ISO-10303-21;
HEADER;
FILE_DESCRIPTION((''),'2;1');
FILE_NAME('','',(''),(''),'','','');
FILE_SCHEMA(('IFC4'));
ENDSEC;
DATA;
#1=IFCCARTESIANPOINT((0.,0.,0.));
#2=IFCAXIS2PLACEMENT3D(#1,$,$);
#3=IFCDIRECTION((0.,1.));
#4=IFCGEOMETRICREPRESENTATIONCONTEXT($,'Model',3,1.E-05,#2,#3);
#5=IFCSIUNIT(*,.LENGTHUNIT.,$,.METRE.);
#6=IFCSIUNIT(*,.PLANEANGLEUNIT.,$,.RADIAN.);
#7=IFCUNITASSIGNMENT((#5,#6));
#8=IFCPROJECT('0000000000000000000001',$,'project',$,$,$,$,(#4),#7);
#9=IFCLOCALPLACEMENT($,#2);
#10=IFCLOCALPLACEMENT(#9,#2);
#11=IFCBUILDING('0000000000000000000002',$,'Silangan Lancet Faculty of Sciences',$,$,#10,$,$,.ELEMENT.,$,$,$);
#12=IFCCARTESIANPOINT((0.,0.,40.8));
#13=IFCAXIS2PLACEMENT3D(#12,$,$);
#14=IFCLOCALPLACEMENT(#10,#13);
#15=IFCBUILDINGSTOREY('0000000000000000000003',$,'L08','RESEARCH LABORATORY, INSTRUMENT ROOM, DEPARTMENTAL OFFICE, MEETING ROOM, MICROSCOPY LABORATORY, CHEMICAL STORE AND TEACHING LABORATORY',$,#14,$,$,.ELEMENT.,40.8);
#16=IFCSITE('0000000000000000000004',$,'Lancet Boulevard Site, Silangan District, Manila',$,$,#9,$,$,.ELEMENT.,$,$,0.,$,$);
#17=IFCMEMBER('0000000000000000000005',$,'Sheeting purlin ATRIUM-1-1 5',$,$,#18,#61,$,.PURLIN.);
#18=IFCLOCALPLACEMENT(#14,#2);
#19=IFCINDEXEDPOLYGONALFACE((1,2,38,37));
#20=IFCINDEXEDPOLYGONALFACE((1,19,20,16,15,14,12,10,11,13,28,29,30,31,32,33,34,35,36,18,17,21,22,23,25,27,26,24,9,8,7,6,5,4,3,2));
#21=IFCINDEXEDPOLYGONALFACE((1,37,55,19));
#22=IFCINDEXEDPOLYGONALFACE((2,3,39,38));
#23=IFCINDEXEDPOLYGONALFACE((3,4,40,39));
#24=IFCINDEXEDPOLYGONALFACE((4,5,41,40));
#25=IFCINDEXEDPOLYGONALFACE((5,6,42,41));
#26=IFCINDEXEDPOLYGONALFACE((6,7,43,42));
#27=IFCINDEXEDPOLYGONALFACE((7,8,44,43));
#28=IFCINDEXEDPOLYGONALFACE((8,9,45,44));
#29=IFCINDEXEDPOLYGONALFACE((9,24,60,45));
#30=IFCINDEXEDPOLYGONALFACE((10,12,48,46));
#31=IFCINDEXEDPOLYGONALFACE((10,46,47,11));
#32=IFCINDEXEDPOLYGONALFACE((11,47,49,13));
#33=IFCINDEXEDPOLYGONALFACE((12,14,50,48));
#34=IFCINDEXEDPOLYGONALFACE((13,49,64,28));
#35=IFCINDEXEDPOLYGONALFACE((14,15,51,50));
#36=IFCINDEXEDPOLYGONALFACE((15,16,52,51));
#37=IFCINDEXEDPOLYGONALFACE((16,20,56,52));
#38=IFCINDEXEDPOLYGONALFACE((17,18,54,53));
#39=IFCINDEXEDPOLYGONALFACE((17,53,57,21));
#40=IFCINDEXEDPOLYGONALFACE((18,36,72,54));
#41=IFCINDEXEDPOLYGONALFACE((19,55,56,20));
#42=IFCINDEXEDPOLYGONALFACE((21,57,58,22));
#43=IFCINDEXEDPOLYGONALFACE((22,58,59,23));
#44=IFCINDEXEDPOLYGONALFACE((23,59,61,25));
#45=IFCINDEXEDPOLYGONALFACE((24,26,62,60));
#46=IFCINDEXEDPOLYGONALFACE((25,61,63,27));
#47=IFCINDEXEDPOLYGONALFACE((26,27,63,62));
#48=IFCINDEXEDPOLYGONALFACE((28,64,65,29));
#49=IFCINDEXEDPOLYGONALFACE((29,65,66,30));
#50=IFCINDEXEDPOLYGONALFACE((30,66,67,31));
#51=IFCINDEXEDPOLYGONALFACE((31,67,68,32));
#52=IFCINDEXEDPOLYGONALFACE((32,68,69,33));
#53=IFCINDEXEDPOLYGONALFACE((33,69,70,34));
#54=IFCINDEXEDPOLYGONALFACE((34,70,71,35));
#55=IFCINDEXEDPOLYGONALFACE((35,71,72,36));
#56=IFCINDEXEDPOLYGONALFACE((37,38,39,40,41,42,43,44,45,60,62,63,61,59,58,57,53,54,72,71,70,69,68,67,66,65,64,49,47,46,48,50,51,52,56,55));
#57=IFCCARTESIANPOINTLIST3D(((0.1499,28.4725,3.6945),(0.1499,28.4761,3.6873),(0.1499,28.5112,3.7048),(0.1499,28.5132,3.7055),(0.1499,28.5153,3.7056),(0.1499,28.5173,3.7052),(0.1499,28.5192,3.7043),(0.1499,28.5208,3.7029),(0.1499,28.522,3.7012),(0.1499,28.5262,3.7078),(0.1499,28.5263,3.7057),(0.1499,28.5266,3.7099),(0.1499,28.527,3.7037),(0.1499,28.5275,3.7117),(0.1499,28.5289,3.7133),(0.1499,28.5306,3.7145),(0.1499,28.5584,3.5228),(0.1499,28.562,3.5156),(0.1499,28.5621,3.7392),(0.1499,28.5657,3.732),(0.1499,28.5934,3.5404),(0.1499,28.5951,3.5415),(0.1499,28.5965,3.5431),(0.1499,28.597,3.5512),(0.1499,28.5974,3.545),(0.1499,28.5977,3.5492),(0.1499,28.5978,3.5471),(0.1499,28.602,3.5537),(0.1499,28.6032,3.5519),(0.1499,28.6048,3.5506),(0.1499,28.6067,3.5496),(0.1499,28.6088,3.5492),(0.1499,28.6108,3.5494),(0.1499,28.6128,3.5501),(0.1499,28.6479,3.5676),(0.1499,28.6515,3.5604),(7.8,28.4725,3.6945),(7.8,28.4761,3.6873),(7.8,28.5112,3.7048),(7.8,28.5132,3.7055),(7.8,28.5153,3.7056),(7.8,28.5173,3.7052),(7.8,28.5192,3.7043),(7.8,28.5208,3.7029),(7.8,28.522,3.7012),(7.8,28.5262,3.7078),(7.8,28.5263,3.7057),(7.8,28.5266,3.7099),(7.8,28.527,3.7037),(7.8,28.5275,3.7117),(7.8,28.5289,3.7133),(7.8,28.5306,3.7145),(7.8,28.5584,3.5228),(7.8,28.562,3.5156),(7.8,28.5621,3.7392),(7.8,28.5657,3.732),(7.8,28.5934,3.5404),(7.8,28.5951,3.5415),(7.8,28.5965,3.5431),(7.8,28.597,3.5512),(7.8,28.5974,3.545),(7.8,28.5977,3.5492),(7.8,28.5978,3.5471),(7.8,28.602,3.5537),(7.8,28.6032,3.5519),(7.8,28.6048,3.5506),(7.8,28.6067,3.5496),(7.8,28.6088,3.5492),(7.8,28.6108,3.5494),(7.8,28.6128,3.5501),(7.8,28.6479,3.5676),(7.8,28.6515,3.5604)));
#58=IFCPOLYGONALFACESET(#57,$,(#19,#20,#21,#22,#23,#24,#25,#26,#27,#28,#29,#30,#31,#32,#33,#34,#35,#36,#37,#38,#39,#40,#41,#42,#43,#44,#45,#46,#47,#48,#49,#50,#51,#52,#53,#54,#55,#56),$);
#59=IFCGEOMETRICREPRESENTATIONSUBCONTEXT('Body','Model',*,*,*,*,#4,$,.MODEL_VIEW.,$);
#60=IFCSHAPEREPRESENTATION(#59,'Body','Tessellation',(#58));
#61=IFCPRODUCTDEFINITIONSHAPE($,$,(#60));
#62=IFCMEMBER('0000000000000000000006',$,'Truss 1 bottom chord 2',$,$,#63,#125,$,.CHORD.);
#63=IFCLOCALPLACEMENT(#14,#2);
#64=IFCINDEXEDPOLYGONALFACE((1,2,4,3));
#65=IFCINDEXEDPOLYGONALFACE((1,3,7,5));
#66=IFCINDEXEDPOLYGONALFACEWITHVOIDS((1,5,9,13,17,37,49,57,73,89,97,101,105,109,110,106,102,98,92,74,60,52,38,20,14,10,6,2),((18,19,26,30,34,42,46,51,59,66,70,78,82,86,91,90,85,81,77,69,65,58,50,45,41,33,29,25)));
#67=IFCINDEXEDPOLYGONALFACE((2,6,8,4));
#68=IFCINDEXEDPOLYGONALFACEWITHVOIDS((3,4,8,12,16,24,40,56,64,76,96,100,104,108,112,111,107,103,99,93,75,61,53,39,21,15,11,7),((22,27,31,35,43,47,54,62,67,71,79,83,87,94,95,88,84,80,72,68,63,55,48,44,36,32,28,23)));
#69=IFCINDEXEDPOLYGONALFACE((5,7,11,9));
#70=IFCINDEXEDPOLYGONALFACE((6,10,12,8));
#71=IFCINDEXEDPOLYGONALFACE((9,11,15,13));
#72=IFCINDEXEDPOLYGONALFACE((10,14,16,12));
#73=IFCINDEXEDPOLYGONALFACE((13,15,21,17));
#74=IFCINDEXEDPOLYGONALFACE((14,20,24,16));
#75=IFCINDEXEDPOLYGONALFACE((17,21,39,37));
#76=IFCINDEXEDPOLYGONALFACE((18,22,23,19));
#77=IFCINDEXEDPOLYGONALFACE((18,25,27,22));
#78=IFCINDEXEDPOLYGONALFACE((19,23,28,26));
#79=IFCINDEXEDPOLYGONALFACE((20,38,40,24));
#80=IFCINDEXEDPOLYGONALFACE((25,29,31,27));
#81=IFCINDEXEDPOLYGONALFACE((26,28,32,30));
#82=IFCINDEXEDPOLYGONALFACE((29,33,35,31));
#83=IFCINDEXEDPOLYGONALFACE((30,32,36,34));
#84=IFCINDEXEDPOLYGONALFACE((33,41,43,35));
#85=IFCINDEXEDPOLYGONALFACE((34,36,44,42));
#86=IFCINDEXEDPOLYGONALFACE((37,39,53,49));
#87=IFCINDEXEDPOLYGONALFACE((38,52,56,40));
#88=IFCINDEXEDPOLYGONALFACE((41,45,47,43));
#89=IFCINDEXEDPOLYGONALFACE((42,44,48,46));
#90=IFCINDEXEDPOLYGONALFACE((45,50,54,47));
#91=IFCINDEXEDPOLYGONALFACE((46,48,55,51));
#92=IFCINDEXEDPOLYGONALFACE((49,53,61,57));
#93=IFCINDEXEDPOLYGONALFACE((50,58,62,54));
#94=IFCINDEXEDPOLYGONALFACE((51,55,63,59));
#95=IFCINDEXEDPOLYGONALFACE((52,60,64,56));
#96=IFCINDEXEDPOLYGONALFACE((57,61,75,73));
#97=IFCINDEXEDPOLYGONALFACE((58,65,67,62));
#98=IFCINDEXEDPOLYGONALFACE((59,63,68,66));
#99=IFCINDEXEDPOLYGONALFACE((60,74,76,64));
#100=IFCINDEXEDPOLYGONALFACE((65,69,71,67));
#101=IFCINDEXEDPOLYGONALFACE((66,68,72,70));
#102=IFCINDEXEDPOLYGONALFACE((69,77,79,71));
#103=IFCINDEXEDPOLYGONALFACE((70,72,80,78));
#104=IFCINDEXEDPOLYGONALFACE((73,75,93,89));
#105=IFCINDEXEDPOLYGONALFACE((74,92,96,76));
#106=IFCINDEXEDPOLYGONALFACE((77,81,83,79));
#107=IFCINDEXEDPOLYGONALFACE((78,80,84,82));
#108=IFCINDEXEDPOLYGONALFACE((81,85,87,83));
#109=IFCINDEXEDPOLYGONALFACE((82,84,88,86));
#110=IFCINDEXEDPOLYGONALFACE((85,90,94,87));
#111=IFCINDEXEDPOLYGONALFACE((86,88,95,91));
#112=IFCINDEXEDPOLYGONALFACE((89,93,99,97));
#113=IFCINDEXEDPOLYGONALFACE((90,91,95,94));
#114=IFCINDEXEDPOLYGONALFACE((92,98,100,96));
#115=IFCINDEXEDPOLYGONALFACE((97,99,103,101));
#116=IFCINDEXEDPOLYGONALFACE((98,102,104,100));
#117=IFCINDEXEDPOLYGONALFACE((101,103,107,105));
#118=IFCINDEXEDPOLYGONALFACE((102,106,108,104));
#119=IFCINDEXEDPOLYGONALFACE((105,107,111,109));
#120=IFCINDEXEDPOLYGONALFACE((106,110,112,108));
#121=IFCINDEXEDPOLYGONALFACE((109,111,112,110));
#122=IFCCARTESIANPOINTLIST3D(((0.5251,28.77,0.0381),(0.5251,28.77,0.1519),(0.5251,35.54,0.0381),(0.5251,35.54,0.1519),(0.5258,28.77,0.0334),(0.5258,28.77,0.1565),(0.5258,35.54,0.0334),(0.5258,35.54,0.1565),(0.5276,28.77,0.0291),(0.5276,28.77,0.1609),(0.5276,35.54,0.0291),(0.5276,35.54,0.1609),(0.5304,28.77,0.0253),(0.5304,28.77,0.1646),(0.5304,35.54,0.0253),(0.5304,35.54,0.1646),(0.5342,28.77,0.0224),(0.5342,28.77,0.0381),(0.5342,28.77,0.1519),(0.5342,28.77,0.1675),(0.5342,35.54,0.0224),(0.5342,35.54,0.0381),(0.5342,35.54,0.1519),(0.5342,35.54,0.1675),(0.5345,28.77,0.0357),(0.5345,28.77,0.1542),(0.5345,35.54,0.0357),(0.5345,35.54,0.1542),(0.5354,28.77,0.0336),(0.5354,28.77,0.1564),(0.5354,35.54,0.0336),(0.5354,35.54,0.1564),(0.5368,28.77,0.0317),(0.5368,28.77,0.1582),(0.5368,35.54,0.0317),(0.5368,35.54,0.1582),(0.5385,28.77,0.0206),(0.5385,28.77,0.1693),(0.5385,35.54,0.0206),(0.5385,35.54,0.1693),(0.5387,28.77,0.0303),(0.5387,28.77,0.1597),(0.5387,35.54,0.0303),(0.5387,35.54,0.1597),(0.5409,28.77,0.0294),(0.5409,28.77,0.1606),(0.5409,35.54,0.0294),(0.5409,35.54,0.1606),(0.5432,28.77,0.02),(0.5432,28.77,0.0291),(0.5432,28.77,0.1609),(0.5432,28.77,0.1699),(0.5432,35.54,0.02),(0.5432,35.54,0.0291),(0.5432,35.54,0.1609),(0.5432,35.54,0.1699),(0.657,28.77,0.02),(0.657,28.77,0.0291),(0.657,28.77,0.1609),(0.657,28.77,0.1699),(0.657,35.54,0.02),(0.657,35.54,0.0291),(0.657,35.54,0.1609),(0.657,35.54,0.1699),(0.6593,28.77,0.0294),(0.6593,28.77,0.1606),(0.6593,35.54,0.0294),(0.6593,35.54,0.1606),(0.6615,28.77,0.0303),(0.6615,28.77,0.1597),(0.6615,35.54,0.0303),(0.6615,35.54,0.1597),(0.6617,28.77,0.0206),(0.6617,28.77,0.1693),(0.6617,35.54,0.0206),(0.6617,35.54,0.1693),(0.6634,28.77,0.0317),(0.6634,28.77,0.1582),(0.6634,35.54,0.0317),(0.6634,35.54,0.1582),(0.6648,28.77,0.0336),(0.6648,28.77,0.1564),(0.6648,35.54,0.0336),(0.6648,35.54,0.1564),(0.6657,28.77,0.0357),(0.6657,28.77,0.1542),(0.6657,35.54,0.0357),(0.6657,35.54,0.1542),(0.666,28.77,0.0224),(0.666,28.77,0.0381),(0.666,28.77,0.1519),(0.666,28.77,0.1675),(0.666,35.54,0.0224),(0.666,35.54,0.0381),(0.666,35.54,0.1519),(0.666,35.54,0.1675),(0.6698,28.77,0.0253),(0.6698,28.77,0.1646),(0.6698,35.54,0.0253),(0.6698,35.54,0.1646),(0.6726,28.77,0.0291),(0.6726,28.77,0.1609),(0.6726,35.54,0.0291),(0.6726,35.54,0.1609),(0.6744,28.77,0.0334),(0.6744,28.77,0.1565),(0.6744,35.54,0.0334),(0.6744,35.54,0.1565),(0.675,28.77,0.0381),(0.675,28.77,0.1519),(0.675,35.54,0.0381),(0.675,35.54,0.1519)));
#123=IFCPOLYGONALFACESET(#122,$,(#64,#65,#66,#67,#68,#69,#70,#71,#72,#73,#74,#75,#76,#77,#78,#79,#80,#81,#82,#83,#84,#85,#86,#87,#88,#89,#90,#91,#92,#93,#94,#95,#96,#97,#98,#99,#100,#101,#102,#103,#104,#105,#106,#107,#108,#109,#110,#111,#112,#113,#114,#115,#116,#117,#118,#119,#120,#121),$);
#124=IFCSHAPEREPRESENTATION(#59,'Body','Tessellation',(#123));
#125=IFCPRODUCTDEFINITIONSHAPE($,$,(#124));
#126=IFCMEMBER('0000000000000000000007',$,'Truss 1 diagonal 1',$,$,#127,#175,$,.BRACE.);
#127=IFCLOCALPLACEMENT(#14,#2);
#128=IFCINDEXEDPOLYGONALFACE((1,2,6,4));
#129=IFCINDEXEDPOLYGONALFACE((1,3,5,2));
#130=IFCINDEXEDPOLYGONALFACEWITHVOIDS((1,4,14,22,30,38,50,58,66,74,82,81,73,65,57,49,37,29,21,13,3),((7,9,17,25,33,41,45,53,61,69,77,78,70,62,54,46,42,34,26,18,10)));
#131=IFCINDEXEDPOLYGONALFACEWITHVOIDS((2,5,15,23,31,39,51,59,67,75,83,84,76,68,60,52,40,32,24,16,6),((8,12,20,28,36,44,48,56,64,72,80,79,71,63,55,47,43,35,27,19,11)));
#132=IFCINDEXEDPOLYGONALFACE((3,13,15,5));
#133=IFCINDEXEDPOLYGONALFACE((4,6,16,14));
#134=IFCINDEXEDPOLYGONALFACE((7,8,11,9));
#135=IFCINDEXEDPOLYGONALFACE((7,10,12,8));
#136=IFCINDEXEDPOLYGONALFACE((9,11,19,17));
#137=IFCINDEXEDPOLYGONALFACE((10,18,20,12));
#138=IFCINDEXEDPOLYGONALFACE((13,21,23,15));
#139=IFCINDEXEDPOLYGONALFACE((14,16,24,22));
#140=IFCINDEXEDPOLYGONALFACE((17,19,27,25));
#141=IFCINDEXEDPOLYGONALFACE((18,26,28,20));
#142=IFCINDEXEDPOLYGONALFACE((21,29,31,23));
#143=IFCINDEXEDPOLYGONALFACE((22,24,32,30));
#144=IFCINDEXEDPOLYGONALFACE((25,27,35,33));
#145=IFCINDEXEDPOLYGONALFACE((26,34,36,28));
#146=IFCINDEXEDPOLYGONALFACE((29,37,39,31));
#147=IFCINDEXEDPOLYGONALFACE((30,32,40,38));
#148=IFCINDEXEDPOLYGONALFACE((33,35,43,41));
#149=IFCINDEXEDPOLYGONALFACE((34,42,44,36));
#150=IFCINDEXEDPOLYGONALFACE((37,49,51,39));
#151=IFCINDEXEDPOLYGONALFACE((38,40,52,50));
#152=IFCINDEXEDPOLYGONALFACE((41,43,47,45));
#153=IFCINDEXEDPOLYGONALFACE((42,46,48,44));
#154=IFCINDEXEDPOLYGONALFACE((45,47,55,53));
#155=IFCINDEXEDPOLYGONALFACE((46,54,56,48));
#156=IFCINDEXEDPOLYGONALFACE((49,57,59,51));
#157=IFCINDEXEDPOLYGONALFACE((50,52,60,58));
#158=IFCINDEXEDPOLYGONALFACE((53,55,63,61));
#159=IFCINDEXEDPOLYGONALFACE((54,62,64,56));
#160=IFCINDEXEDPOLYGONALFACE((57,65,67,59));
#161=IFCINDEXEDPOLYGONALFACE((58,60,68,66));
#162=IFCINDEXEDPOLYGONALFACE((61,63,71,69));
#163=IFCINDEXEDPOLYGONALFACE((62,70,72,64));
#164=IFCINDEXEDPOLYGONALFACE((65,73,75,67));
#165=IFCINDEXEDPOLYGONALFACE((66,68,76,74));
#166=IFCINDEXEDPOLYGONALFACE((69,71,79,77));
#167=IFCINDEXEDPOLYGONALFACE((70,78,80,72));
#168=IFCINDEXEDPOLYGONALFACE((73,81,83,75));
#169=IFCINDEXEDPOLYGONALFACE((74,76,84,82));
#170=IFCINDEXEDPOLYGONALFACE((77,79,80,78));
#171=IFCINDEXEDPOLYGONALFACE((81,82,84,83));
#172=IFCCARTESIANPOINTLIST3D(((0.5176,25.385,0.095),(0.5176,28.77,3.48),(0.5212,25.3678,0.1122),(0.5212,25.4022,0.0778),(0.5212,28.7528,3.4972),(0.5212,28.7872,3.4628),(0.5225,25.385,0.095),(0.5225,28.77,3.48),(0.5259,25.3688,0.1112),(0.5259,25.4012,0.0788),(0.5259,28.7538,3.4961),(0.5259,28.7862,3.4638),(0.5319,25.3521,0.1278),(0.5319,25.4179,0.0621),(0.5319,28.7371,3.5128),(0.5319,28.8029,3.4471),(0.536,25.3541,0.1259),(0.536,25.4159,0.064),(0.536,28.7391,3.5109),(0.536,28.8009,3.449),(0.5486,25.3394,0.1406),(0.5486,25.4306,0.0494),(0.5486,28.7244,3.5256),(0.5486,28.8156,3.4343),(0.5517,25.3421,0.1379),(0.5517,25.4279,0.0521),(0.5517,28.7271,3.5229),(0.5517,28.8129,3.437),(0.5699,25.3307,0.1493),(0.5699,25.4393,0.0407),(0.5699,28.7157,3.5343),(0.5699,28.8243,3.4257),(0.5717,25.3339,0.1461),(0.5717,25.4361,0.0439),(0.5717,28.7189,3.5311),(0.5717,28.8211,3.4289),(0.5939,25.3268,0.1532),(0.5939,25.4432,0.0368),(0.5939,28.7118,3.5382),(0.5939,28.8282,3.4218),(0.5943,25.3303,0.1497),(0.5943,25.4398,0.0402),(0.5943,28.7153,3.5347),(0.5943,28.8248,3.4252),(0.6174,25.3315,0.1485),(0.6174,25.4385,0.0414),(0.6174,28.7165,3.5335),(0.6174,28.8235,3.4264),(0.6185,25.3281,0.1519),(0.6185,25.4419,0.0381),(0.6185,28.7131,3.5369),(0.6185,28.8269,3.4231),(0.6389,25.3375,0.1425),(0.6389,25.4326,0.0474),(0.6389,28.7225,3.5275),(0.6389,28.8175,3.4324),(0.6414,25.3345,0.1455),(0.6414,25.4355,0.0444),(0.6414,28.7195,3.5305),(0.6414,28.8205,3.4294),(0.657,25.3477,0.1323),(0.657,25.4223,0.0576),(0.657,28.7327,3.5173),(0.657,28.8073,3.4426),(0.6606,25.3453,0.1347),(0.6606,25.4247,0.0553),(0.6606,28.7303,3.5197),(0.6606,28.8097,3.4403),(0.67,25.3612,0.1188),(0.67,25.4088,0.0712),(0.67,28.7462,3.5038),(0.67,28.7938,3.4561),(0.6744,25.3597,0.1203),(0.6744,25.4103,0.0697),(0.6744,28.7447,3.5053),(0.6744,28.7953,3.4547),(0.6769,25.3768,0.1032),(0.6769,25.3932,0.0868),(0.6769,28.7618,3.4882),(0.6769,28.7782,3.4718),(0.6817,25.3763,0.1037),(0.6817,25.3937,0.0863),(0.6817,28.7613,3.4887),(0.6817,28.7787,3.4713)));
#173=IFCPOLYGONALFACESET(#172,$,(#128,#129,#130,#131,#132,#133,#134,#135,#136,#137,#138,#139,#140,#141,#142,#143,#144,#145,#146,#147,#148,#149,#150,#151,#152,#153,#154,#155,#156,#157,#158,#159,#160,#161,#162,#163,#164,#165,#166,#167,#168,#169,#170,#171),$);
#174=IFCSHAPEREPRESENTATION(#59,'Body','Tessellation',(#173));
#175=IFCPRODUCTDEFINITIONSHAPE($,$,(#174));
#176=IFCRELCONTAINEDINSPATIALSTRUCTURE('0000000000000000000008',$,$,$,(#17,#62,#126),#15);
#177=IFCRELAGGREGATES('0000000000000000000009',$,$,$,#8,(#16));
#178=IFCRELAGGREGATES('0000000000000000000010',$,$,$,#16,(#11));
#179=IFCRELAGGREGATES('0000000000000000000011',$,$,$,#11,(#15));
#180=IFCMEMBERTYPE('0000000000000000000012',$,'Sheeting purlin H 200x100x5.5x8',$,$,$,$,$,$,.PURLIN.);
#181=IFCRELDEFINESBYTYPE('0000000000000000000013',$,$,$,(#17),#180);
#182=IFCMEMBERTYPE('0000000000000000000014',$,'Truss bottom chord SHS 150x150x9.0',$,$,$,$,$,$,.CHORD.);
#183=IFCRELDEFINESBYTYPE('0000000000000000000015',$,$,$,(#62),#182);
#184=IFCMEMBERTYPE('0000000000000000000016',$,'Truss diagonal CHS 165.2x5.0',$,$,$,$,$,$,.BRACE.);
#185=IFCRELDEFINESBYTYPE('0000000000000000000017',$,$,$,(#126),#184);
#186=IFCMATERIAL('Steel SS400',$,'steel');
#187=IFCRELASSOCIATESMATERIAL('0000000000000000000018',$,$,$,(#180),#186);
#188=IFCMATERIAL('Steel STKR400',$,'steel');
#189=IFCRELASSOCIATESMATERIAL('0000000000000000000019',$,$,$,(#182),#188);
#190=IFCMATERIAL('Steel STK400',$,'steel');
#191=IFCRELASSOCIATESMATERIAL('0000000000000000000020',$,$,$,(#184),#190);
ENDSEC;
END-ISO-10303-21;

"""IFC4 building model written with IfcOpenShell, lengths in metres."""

from ifc_helpers import new_model, si_unit, direction, frame, origin, origin_2d, place, context, subcontext, project, spatial, hollow_rectangle, hollow_circle, i_section, extrude, material, material_profile, profile_set, type_object, element, save


model = new_model("IFC4")

# Units and contexts
model_context = context("Model", 3, precision=1e-05, world=origin(), true_north=direction((0.0, 1.0)))
body_context = subcontext(model_context, "Body", "Model", "MODEL_VIEW")
ifc_project = project(units=[si_unit("LENGTHUNIT", "METRE"), si_unit("PLANEANGLEUNIT", "RADIAN")], contexts=[model_context])

# Site, building, storey
site_placement = place(None, origin())
site = spatial("IfcSite", under=ifc_project, at=site_placement, Name="Lancet Boulevard Site, Silangan District, Manila", CompositionType="ELEMENT", RefElevation=0.0)
building_placement = place(site_placement, origin())
building = spatial("IfcBuilding", under=site, at=building_placement, Name="Silangan Lancet Faculty of Sciences", CompositionType="ELEMENT")
storey_placement = place(building_placement, frame((0.0, 0.0, 40.8)))
storey = spatial("IfcBuildingStorey", under=building, at=storey_placement, Name="L08", Description="RESEARCH LABORATORY, INSTRUMENT ROOM, DEPARTMENTAL OFFICE, MEETING ROOM, MICROSCOPY LABORATORY, CHEMICAL STORE AND TEACHING LABORATORY", CompositionType="ELEMENT", Elevation=40.8)

# Members
ifc_material_1 = material(Name="Steel SS400", Category="steel")
ifc_material_profile_1 = material_profile(ifc_material_1, i_section(OverallWidth=0.1001, OverallDepth=0.2, WebThickness=0.0056, FlangeThickness=0.0081, FilletRadius=0.0081, at=origin_2d()), Name="H 200x100x5.5x8")
ifc_profile_set_1 = profile_set([ifc_material_profile_1], Name="Steel SS400")
member_type_1 = type_object("IfcMemberType", Name="Sheeting purlin H 200x100x5.5x8", PredefinedType="PURLIN", material=ifc_profile_set_1)
for number, where, z_axis, x_axis, name in (
    (1, (0.1499, 28.562, 3.6274), (1.0, 0.0, 0.0), (0.0, 0.894427, 0.447214), "Sheeting purlin ATRIUM-1-1 5"),
):
    element("IfcMember", number, at=place(storey_placement, frame(where, z_axis=z_axis, x_axis=x_axis)), inside=storey, type_object=member_type_1, Name=name, PredefinedType="PURLIN", context=body_context, shape_type="SweptSolid", body=[
        extrude(i_section(OverallWidth=0.1001, OverallDepth=0.2, WebThickness=0.0056, FlangeThickness=0.0081, FilletRadius=0.0081, at=origin_2d()), origin(), (0.0, 0.0, 1.0), 7.6501),
    ])
ifc_material_2 = material(Name="Steel STKR400", Category="steel")
ifc_material_profile_2 = material_profile(ifc_material_2, hollow_rectangle(XDim=0.1499, YDim=0.1499, WallThickness=0.009, InnerFilletRadius=0.009, OuterFilletRadius=0.0181, at=origin_2d()), Name="SHS 150x150x9.0")
ifc_profile_set_2 = profile_set([ifc_material_profile_2], Name="Steel STKR400")
member_type_2 = type_object("IfcMemberType", Name="Truss bottom chord SHS 150x150x9.0", PredefinedType="CHORD", material=ifc_profile_set_2)
member_1_placement = place(storey_placement, frame((0.6001, 28.77, 0.095), z_axis=(0.0, 1.0, 0.0), x_axis=(-1.0, 0.0, 0.0)))
element("IfcMember", 2, at=member_1_placement, inside=storey, type_object=member_type_2, Name="Truss 1 bottom chord 2", PredefinedType="CHORD", context=body_context, shape_type="SweptSolid", body=[
    extrude(hollow_rectangle(XDim=0.1499, YDim=0.1499, WallThickness=0.009, InnerFilletRadius=0.009, OuterFilletRadius=0.0181, at=origin_2d()), origin(), (0.0, 0.0, 1.0), 6.77),
])
ifc_material_3 = material(Name="Steel STK400", Category="steel")
ifc_material_profile_3 = material_profile(ifc_material_3, hollow_circle(Radius=0.0825, WallThickness=0.0049, at=origin_2d()), Name="CHS 165.2x5.0")
ifc_profile_set_3 = profile_set([ifc_material_profile_3], Name="Steel STK400")
member_type_3 = type_object("IfcMemberType", Name="Truss diagonal CHS 165.2x5.0", PredefinedType="BRACE", material=ifc_profile_set_3)
member_2_placement = place(storey_placement, frame((0.6001, 25.385, 0.095), z_axis=(0.0, 0.707107, 0.707107), x_axis=(-1.0, 0.0, 0.0)))
element("IfcMember", 3, at=member_2_placement, inside=storey, type_object=member_type_3, Name="Truss 1 diagonal 1", PredefinedType="BRACE", context=body_context, shape_type="SweptSolid", body=[
    extrude(hollow_circle(Radius=0.0825, WallThickness=0.0049, at=origin_2d()), origin(), (0.0, 0.0, 1.0), 4.7871),
])

save(model, "model.ifc")
